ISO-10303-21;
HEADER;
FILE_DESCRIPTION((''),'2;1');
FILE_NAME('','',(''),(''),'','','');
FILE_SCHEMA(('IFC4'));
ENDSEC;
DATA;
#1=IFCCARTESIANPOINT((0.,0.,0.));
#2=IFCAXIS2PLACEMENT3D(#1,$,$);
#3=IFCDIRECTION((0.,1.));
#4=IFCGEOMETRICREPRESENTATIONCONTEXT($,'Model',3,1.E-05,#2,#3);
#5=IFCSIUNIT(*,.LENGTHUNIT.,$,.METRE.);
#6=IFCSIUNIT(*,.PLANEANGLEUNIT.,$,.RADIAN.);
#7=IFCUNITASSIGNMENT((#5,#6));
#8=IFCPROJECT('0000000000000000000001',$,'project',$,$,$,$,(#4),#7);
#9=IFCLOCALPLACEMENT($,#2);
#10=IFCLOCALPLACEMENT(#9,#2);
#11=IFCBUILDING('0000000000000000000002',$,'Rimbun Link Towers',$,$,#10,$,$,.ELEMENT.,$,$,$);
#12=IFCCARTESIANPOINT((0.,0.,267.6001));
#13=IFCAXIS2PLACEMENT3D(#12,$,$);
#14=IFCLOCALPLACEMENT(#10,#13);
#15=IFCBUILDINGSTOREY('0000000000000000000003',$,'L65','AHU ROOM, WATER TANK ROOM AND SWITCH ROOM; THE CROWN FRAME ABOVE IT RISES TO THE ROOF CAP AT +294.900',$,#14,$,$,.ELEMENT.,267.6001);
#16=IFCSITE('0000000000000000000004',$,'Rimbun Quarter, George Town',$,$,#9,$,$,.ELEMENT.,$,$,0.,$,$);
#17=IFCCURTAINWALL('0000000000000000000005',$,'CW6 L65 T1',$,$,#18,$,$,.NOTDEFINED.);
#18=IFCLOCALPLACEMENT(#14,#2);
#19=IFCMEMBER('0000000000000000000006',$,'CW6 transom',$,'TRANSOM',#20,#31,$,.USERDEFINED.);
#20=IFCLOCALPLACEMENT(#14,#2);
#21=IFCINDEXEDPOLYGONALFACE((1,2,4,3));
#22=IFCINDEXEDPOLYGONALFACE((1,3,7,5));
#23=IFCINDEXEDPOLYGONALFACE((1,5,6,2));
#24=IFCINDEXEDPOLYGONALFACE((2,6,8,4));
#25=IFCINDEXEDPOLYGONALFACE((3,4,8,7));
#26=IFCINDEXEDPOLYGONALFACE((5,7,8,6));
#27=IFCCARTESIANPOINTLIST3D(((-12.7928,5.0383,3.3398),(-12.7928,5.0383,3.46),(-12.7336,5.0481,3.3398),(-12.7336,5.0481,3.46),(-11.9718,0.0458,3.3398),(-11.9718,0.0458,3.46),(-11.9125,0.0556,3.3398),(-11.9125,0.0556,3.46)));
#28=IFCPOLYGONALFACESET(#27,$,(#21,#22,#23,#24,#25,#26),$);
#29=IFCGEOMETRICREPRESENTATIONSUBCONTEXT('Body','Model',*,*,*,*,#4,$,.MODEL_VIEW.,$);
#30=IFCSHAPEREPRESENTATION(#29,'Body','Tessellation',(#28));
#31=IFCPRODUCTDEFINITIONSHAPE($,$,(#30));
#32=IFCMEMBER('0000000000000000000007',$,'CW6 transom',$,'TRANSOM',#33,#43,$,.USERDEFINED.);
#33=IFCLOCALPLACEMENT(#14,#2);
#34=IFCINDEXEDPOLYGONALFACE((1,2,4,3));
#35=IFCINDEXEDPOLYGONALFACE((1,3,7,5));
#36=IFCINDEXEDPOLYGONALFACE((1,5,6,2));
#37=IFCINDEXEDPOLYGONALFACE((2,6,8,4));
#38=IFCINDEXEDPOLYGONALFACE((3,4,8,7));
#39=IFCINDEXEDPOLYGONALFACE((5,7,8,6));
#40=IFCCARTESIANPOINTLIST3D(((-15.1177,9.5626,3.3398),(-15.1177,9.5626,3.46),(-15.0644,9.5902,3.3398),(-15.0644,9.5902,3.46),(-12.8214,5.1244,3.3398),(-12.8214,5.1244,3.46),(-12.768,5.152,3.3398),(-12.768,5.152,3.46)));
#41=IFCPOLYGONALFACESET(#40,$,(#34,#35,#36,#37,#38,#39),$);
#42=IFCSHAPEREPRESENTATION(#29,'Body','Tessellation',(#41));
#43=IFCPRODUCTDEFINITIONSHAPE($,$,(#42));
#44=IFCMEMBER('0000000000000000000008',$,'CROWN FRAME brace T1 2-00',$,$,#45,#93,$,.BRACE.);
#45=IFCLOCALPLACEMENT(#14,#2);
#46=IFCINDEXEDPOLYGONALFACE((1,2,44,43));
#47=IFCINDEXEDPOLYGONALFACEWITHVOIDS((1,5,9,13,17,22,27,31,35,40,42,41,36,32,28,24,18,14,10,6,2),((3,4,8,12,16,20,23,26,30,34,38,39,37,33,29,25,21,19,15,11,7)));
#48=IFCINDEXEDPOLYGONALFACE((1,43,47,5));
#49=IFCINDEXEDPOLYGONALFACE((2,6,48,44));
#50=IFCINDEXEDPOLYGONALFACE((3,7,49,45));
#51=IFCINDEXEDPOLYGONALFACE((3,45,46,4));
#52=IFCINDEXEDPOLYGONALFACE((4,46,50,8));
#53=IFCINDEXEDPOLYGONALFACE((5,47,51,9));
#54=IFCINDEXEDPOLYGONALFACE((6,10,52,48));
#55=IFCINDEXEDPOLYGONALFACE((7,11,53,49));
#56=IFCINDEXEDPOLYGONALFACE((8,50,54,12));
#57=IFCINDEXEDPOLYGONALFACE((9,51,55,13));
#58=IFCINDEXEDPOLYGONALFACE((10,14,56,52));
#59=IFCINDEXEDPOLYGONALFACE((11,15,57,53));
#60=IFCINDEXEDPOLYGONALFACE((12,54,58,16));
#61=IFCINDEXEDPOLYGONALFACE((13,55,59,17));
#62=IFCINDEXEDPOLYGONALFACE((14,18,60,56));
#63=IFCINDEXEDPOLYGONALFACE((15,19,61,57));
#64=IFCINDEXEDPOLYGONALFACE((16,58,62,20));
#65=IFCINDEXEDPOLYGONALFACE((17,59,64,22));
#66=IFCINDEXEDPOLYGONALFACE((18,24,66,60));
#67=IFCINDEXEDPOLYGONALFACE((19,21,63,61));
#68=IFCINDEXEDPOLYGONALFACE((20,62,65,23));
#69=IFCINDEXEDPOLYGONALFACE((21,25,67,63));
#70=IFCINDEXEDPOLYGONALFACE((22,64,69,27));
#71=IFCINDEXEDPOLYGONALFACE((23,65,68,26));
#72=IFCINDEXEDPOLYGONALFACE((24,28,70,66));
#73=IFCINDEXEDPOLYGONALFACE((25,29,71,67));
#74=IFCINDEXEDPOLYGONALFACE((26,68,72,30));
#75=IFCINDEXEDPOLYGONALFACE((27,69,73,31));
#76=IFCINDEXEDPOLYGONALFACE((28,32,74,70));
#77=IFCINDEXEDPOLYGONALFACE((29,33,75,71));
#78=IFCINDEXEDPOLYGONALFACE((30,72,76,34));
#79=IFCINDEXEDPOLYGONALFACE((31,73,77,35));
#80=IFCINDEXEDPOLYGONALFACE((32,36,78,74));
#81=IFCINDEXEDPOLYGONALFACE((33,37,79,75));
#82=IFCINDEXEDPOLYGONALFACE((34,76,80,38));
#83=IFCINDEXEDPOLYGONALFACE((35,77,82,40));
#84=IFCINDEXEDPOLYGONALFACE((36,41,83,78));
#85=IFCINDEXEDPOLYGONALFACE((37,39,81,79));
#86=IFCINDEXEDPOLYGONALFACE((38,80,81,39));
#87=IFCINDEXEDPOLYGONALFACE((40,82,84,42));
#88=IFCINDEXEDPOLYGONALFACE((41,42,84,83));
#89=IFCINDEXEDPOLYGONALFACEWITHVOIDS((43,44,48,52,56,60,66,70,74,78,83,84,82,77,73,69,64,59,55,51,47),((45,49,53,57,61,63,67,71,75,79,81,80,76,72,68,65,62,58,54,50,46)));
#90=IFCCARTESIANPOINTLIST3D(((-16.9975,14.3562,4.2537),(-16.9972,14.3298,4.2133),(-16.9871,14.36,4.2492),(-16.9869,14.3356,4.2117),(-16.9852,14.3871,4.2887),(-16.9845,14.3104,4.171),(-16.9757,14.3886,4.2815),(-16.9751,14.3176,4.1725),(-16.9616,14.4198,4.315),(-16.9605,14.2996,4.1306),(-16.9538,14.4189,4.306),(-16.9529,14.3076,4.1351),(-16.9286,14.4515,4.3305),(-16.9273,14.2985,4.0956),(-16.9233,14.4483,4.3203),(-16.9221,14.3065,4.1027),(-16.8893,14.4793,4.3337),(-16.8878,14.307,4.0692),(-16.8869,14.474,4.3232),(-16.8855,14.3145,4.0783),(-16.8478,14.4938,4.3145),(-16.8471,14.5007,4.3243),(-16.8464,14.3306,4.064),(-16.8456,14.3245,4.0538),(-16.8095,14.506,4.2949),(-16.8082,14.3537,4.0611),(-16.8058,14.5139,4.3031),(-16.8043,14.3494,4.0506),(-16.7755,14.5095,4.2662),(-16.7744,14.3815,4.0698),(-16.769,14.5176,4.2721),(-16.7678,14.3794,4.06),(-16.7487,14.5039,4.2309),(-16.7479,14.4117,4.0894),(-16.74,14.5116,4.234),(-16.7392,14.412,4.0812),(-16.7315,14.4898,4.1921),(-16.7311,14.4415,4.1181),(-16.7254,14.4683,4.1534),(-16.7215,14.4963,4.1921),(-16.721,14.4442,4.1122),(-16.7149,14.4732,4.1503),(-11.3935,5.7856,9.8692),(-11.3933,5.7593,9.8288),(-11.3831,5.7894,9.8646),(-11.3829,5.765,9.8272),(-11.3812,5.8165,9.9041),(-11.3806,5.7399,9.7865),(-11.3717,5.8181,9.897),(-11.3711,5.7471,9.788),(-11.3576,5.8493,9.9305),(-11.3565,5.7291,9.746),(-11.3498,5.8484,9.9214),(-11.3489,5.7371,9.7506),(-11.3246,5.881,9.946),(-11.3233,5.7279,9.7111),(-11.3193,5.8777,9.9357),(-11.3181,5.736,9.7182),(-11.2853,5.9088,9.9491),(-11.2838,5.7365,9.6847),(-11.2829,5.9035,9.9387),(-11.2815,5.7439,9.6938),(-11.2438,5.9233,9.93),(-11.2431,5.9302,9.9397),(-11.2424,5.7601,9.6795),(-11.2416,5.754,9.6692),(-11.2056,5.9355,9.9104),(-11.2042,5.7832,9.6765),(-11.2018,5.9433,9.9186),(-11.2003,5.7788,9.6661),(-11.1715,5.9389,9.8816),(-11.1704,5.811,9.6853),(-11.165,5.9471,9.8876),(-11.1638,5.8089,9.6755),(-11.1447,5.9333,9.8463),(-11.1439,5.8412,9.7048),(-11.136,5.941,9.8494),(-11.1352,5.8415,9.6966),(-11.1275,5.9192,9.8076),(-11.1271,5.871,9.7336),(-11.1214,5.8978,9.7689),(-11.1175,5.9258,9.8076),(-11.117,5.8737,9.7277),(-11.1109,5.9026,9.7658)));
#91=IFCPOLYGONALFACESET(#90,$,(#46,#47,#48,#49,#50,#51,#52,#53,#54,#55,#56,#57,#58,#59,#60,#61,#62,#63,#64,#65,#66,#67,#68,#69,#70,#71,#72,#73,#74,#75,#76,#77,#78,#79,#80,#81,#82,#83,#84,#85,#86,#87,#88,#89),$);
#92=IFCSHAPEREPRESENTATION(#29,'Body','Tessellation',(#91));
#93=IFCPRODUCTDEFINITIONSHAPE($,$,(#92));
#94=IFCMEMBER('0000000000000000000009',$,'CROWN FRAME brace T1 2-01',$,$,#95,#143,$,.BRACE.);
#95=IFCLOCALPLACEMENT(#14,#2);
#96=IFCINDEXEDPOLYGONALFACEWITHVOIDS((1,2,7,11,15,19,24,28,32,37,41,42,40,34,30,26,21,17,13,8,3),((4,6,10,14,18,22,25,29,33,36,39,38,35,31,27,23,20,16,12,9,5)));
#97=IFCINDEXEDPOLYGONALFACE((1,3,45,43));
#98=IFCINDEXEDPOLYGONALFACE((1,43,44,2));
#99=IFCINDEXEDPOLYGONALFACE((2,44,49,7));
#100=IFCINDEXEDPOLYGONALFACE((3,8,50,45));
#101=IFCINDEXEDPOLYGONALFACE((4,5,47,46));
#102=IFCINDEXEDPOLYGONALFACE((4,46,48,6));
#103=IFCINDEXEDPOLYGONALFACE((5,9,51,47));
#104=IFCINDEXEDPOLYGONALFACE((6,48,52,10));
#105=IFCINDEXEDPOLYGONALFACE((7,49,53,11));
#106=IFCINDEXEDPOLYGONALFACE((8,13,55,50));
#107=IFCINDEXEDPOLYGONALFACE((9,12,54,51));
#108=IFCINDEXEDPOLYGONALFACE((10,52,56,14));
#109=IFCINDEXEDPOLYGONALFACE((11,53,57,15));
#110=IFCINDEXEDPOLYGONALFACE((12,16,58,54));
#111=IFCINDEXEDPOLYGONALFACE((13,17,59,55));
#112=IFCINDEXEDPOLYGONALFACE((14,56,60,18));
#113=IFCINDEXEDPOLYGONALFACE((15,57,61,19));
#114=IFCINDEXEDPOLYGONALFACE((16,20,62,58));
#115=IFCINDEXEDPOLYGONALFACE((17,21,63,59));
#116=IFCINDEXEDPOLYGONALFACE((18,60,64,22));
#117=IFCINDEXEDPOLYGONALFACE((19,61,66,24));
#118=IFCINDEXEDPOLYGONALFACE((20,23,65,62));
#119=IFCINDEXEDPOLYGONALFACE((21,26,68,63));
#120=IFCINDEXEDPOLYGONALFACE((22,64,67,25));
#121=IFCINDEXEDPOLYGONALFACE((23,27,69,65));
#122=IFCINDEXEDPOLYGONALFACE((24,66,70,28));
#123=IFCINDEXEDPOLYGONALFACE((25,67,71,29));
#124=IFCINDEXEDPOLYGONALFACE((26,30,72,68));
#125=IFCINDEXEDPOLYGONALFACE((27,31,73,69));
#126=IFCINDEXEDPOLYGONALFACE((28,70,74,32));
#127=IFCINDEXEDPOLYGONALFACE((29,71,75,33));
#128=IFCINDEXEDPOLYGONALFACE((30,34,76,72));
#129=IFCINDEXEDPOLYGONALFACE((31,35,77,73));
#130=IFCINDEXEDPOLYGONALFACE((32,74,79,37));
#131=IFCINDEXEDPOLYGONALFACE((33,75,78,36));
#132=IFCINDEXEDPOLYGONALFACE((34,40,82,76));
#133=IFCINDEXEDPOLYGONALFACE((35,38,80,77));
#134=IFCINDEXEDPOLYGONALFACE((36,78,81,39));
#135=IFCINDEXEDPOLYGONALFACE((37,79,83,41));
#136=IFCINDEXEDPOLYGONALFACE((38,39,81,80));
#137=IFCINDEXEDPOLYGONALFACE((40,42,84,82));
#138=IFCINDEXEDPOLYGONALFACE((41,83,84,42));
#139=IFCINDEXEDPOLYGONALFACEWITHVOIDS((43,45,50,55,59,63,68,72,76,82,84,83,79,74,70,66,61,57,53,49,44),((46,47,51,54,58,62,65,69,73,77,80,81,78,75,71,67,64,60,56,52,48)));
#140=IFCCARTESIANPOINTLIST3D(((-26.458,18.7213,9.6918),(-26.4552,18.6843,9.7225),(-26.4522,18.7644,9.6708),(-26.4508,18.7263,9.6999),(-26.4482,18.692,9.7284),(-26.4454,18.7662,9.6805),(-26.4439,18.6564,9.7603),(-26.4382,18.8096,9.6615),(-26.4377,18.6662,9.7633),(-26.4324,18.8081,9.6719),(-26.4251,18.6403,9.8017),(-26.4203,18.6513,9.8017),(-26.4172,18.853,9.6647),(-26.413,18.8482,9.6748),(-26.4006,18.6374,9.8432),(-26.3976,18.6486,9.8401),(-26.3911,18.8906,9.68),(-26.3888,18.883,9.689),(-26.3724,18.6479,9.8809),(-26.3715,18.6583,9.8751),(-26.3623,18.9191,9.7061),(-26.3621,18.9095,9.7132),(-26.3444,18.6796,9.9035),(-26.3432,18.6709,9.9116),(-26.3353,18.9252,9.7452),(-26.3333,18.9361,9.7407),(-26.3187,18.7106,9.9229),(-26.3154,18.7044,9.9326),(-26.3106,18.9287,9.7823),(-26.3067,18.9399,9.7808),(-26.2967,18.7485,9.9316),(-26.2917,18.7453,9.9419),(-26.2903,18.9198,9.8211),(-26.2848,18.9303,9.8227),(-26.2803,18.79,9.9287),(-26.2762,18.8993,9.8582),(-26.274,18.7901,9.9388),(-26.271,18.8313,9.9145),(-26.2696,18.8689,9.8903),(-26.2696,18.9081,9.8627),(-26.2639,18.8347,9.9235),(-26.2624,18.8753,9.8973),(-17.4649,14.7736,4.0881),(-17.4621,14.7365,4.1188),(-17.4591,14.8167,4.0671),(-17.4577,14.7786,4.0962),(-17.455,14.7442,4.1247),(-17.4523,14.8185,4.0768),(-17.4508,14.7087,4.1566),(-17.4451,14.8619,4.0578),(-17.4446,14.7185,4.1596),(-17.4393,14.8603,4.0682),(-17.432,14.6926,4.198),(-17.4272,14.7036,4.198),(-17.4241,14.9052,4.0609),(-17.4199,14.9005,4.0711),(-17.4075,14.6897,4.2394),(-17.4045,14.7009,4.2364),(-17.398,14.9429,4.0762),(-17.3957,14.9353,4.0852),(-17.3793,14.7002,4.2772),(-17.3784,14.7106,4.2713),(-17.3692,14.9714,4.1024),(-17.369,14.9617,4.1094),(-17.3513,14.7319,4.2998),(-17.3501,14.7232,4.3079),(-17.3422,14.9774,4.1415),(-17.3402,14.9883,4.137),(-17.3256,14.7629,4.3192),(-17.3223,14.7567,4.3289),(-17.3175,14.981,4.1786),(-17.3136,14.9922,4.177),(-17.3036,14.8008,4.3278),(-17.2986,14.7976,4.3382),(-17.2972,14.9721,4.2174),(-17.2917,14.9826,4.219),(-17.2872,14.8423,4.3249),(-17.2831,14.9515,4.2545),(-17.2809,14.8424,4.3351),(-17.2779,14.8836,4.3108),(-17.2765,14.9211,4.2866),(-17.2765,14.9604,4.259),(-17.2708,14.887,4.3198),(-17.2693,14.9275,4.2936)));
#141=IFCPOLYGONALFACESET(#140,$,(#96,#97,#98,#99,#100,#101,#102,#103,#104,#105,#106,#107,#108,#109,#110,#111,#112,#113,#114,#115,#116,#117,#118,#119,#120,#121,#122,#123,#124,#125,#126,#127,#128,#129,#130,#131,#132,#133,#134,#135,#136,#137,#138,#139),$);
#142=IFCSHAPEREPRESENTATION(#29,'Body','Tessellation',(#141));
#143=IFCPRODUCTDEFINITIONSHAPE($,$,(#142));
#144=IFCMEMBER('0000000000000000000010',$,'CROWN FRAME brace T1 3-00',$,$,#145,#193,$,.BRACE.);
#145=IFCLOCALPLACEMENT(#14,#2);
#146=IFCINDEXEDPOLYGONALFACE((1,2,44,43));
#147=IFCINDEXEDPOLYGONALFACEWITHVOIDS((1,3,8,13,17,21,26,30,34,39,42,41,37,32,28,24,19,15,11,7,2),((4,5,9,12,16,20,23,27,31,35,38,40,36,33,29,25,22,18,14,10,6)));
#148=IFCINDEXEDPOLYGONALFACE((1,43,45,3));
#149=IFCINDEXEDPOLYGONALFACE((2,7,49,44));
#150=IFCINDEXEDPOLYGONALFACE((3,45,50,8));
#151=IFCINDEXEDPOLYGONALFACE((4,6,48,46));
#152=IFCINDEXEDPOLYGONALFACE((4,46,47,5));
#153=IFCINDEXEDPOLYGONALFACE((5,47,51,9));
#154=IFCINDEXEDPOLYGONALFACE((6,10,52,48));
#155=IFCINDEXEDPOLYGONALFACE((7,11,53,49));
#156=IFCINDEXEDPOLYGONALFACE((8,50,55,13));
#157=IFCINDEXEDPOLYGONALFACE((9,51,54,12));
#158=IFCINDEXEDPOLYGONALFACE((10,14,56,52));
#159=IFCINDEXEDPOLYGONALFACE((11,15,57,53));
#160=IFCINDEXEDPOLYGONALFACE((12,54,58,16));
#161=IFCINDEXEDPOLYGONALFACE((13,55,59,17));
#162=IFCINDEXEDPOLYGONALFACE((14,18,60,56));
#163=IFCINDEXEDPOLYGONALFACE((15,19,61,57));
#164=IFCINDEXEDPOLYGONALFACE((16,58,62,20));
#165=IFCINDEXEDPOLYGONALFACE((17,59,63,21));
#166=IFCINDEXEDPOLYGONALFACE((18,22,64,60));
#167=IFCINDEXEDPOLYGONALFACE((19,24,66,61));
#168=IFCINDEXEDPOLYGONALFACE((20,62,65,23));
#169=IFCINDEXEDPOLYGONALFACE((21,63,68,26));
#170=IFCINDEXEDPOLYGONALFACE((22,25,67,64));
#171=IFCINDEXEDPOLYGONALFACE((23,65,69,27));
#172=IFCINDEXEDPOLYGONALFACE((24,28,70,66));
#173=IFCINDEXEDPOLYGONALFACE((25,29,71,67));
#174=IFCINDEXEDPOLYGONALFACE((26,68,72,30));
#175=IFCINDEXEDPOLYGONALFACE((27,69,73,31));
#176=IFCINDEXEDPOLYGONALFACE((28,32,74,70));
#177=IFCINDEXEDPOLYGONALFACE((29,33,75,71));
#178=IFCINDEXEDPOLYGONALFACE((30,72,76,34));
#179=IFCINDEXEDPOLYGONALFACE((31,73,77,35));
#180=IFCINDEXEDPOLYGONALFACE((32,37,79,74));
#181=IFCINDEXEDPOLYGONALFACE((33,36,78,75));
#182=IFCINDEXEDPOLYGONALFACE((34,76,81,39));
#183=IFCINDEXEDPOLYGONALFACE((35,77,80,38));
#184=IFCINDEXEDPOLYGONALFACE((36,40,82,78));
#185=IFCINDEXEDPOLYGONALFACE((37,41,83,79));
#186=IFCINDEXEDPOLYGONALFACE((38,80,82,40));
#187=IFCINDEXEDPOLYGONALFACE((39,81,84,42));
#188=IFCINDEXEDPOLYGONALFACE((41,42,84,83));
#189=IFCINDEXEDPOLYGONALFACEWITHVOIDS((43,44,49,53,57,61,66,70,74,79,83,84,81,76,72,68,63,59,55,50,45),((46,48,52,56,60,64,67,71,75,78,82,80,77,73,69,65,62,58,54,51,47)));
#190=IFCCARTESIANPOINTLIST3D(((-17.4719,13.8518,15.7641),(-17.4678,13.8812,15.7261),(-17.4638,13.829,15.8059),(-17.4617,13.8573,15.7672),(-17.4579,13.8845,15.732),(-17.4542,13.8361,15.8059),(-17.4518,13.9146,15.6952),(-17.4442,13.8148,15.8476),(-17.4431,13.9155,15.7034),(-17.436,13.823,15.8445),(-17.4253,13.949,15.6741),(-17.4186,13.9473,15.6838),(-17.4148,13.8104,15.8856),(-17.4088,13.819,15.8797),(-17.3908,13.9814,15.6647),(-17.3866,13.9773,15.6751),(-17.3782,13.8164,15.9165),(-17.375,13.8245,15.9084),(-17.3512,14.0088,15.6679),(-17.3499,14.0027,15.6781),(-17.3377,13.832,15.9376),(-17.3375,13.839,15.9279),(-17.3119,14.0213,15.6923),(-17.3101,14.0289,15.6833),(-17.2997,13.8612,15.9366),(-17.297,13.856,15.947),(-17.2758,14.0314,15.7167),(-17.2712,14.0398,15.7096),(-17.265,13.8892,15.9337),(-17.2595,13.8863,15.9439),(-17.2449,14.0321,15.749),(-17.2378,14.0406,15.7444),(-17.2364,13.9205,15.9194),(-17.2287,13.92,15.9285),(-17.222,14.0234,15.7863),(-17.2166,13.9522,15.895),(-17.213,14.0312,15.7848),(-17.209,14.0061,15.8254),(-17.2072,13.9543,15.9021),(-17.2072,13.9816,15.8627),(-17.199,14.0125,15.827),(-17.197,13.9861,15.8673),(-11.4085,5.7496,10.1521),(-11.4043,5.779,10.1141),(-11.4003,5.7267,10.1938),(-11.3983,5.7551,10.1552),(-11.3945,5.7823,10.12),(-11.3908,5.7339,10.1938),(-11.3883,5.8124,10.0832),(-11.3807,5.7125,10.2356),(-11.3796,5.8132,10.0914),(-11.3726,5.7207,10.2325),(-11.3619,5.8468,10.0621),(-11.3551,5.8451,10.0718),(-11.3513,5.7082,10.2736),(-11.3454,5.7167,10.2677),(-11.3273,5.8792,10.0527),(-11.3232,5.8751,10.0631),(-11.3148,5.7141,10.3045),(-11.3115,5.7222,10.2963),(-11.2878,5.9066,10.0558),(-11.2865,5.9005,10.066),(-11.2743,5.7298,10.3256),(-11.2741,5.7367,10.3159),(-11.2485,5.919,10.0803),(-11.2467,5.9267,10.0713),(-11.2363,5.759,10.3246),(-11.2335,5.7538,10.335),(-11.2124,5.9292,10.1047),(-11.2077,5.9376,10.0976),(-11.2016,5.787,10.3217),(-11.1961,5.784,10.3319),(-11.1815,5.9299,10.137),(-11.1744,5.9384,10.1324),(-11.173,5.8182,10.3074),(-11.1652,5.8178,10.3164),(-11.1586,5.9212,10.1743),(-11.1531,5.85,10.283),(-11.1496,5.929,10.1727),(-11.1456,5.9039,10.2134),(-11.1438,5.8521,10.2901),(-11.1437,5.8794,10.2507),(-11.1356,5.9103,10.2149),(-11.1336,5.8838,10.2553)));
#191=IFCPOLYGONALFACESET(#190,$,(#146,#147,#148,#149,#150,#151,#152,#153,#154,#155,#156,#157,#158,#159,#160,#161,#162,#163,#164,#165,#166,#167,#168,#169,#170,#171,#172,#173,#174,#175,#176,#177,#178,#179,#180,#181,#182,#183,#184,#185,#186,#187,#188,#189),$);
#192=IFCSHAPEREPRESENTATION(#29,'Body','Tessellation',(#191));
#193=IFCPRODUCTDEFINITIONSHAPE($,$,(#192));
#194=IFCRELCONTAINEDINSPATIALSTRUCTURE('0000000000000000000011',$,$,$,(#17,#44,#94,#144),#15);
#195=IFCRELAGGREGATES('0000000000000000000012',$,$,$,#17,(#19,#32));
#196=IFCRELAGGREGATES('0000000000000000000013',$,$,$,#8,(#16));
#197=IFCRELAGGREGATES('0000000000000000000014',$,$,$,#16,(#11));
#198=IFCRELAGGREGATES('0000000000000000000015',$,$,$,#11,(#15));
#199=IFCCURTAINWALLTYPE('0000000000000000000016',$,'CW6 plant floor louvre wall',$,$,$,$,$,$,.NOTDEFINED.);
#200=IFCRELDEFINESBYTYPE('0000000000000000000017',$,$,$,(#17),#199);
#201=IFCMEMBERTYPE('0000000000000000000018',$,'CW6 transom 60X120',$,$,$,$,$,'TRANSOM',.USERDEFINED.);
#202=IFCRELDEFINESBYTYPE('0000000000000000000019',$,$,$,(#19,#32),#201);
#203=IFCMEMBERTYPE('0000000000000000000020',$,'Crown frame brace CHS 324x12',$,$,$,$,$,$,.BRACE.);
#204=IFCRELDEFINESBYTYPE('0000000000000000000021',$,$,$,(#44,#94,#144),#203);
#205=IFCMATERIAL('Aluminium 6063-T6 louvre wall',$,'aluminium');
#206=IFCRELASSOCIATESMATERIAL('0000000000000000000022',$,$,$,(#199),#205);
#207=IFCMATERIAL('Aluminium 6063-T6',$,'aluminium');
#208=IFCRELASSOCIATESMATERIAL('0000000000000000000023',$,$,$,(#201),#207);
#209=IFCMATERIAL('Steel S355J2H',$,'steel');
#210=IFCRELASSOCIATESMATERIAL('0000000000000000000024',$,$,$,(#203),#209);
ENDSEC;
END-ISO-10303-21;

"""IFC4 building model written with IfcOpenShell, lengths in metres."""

from ifc_helpers import new_model, si_unit, direction, frame, origin, origin_2d, place, context, subcontext, project, spatial, rectangle, hollow_circle, extrude, material, material_profile, profile_set, type_object, element, aggregate, save


model = new_model("IFC4")

# Units and contexts
model_context = context("Model", 3, precision=1e-05, world=origin(), true_north=direction((0.0, 1.0)))
body_context = subcontext(model_context, "Body", "Model", "MODEL_VIEW")
ifc_project = project(units=[si_unit("LENGTHUNIT", "METRE"), si_unit("PLANEANGLEUNIT", "RADIAN")], contexts=[model_context])

# Site, building, storey
site_placement = place(None, origin())
site = spatial("IfcSite", under=ifc_project, at=site_placement, Name="Rimbun Quarter, George Town", CompositionType="ELEMENT", RefElevation=0.0)
building_placement = place(site_placement, origin())
building = spatial("IfcBuilding", under=site, at=building_placement, Name="Rimbun Link Towers", CompositionType="ELEMENT")
storey_placement = place(building_placement, frame((0.0, 0.0, 267.6001)))
storey = spatial("IfcBuildingStorey", under=building, at=storey_placement, Name="L65", Description="AHU ROOM, WATER TANK ROOM AND SWITCH ROOM; THE CROWN FRAME ABOVE IT RISES TO THE ROOF CAP AT +294.900", CompositionType="ELEMENT", Elevation=267.6001)

# Curtain wall, members
ifc_material_1 = material(Name="Aluminium 6063-T6 louvre wall", Category="aluminium")
curtain_wall_type = type_object("IfcCurtainWallType", Name="CW6 plant floor louvre wall", PredefinedType="NOTDEFINED", material=ifc_material_1)
curtain_wall_placement = place(storey_placement, origin())
curtain_wall = element("IfcCurtainWall", 1, at=curtain_wall_placement, inside=storey, type_object=curtain_wall_type, Name="CW6 L65 T1", PredefinedType="NOTDEFINED")
ifc_material_2 = material(Name="Aluminium 6063-T6", Category="aluminium")
ifc_material_profile_1 = material_profile(ifc_material_2, rectangle(XDim=0.0601, YDim=0.1201, at=origin_2d()), Name="TRANSOM 60X120")
ifc_profile_set_1 = profile_set([ifc_material_profile_1], Name="Aluminium 6063-T6")
member_type_1 = type_object("IfcMemberType", Name="CW6 transom 60X120", ElementType="TRANSOM", PredefinedType="USERDEFINED", material=ifc_profile_set_1)
member_1_placement = place(storey_placement, frame((-12.7632, 5.0432, 3.3999), z_axis=(0.162278, -0.986745, 0.0), x_axis=(0.986745, 0.162278, 0.0)))
member_1 = element("IfcMember", 2, at=member_1_placement, type_object=member_type_1, Name="CW6 transom", ObjectType="TRANSOM", PredefinedType="USERDEFINED", context=body_context, shape_type="SweptSolid", body=[
    extrude(rectangle(XDim=0.0601, YDim=0.1201, at=origin_2d()), origin(), (0.0, 0.0, 1.0), 5.0596),
])
member_2_placement = place(storey_placement, frame((-15.0911, 9.5764, 3.3999), z_axis=(0.459541, -0.888156, 0.0), x_axis=(0.888156, 0.459541, 0.0)))
member_2 = element("IfcMember", 3, at=member_2_placement, type_object=member_type_1, Name="CW6 transom", ObjectType="TRANSOM", PredefinedType="USERDEFINED", context=body_context, shape_type="SweptSolid", body=[
    extrude(rectangle(XDim=0.0601, YDim=0.1201, at=origin_2d()), origin(), (0.0, 0.0, 1.0), 4.9971),
])
aggregate(curtain_wall, [member_1, member_2])

# Members
ifc_material_3 = material(Name="Steel S355J2H", Category="steel")
ifc_material_profile_2 = material_profile(ifc_material_3, hollow_circle(Radius=0.1619, WallThickness=0.012, at=origin_2d()), Name="Crown frame brace CHS 324x12")
ifc_profile_set_2 = profile_set([ifc_material_profile_2], Name="Steel S355J2H")
member_type_2 = type_object("IfcMemberType", Name="Crown frame brace CHS 324x12", PredefinedType="BRACE", material=ifc_profile_set_2)
member_3_placement = place(storey_placement, frame((-16.8569, 14.4077, 4.1921), z_axis=(0.479847, -0.73386, 0.480829), x_axis=(0.836962, 0.547262, 0.0)))
element("IfcMember", 4, at=member_3_placement, inside=storey, type_object=member_type_2, Name="CROWN FRAME brace T1 2-00", PredefinedType="BRACE", context=body_context, shape_type="SweptSolid", body=[
    extrude(hollow_circle(Radius=0.1619, WallThickness=0.012, at=origin_2d()), origin(), (0.0, 0.0, 1.0), 11.6787),
])
member_4_placement = place(storey_placement, frame((-17.3669, 14.8408, 4.198), z_axis=(-0.795314, 0.349121, 0.495571), x_axis=(-0.40195, -0.915661, 0.0)))
element("IfcMember", 5, at=member_4_placement, inside=storey, type_object=member_type_2, Name="CROWN FRAME brace T1 2-01", PredefinedType="BRACE", context=body_context, shape_type="SweptSolid", body=[
    extrude(hollow_circle(Radius=0.1619, WallThickness=0.012, at=origin_2d()), origin(), (0.0, 0.0, 1.0), 11.3076),
])
member_5_placement = place(storey_placement, frame((-11.2708, 5.8237, 10.1938), z_axis=(-0.523984, 0.700172, 0.484974), x_axis=(-0.800628, -0.599162, 0.0)))
element("IfcMember", 6, at=member_5_placement, inside=storey, type_object=member_type_2, Name="CROWN FRAME brace T1 3-00", PredefinedType="BRACE", context=body_context, shape_type="SweptSolid", body=[
    extrude(hollow_circle(Radius=0.1619, WallThickness=0.012, at=origin_2d()), origin(), (0.0, 0.0, 1.0), 11.5718),
])

save(model, "model.ifc")
